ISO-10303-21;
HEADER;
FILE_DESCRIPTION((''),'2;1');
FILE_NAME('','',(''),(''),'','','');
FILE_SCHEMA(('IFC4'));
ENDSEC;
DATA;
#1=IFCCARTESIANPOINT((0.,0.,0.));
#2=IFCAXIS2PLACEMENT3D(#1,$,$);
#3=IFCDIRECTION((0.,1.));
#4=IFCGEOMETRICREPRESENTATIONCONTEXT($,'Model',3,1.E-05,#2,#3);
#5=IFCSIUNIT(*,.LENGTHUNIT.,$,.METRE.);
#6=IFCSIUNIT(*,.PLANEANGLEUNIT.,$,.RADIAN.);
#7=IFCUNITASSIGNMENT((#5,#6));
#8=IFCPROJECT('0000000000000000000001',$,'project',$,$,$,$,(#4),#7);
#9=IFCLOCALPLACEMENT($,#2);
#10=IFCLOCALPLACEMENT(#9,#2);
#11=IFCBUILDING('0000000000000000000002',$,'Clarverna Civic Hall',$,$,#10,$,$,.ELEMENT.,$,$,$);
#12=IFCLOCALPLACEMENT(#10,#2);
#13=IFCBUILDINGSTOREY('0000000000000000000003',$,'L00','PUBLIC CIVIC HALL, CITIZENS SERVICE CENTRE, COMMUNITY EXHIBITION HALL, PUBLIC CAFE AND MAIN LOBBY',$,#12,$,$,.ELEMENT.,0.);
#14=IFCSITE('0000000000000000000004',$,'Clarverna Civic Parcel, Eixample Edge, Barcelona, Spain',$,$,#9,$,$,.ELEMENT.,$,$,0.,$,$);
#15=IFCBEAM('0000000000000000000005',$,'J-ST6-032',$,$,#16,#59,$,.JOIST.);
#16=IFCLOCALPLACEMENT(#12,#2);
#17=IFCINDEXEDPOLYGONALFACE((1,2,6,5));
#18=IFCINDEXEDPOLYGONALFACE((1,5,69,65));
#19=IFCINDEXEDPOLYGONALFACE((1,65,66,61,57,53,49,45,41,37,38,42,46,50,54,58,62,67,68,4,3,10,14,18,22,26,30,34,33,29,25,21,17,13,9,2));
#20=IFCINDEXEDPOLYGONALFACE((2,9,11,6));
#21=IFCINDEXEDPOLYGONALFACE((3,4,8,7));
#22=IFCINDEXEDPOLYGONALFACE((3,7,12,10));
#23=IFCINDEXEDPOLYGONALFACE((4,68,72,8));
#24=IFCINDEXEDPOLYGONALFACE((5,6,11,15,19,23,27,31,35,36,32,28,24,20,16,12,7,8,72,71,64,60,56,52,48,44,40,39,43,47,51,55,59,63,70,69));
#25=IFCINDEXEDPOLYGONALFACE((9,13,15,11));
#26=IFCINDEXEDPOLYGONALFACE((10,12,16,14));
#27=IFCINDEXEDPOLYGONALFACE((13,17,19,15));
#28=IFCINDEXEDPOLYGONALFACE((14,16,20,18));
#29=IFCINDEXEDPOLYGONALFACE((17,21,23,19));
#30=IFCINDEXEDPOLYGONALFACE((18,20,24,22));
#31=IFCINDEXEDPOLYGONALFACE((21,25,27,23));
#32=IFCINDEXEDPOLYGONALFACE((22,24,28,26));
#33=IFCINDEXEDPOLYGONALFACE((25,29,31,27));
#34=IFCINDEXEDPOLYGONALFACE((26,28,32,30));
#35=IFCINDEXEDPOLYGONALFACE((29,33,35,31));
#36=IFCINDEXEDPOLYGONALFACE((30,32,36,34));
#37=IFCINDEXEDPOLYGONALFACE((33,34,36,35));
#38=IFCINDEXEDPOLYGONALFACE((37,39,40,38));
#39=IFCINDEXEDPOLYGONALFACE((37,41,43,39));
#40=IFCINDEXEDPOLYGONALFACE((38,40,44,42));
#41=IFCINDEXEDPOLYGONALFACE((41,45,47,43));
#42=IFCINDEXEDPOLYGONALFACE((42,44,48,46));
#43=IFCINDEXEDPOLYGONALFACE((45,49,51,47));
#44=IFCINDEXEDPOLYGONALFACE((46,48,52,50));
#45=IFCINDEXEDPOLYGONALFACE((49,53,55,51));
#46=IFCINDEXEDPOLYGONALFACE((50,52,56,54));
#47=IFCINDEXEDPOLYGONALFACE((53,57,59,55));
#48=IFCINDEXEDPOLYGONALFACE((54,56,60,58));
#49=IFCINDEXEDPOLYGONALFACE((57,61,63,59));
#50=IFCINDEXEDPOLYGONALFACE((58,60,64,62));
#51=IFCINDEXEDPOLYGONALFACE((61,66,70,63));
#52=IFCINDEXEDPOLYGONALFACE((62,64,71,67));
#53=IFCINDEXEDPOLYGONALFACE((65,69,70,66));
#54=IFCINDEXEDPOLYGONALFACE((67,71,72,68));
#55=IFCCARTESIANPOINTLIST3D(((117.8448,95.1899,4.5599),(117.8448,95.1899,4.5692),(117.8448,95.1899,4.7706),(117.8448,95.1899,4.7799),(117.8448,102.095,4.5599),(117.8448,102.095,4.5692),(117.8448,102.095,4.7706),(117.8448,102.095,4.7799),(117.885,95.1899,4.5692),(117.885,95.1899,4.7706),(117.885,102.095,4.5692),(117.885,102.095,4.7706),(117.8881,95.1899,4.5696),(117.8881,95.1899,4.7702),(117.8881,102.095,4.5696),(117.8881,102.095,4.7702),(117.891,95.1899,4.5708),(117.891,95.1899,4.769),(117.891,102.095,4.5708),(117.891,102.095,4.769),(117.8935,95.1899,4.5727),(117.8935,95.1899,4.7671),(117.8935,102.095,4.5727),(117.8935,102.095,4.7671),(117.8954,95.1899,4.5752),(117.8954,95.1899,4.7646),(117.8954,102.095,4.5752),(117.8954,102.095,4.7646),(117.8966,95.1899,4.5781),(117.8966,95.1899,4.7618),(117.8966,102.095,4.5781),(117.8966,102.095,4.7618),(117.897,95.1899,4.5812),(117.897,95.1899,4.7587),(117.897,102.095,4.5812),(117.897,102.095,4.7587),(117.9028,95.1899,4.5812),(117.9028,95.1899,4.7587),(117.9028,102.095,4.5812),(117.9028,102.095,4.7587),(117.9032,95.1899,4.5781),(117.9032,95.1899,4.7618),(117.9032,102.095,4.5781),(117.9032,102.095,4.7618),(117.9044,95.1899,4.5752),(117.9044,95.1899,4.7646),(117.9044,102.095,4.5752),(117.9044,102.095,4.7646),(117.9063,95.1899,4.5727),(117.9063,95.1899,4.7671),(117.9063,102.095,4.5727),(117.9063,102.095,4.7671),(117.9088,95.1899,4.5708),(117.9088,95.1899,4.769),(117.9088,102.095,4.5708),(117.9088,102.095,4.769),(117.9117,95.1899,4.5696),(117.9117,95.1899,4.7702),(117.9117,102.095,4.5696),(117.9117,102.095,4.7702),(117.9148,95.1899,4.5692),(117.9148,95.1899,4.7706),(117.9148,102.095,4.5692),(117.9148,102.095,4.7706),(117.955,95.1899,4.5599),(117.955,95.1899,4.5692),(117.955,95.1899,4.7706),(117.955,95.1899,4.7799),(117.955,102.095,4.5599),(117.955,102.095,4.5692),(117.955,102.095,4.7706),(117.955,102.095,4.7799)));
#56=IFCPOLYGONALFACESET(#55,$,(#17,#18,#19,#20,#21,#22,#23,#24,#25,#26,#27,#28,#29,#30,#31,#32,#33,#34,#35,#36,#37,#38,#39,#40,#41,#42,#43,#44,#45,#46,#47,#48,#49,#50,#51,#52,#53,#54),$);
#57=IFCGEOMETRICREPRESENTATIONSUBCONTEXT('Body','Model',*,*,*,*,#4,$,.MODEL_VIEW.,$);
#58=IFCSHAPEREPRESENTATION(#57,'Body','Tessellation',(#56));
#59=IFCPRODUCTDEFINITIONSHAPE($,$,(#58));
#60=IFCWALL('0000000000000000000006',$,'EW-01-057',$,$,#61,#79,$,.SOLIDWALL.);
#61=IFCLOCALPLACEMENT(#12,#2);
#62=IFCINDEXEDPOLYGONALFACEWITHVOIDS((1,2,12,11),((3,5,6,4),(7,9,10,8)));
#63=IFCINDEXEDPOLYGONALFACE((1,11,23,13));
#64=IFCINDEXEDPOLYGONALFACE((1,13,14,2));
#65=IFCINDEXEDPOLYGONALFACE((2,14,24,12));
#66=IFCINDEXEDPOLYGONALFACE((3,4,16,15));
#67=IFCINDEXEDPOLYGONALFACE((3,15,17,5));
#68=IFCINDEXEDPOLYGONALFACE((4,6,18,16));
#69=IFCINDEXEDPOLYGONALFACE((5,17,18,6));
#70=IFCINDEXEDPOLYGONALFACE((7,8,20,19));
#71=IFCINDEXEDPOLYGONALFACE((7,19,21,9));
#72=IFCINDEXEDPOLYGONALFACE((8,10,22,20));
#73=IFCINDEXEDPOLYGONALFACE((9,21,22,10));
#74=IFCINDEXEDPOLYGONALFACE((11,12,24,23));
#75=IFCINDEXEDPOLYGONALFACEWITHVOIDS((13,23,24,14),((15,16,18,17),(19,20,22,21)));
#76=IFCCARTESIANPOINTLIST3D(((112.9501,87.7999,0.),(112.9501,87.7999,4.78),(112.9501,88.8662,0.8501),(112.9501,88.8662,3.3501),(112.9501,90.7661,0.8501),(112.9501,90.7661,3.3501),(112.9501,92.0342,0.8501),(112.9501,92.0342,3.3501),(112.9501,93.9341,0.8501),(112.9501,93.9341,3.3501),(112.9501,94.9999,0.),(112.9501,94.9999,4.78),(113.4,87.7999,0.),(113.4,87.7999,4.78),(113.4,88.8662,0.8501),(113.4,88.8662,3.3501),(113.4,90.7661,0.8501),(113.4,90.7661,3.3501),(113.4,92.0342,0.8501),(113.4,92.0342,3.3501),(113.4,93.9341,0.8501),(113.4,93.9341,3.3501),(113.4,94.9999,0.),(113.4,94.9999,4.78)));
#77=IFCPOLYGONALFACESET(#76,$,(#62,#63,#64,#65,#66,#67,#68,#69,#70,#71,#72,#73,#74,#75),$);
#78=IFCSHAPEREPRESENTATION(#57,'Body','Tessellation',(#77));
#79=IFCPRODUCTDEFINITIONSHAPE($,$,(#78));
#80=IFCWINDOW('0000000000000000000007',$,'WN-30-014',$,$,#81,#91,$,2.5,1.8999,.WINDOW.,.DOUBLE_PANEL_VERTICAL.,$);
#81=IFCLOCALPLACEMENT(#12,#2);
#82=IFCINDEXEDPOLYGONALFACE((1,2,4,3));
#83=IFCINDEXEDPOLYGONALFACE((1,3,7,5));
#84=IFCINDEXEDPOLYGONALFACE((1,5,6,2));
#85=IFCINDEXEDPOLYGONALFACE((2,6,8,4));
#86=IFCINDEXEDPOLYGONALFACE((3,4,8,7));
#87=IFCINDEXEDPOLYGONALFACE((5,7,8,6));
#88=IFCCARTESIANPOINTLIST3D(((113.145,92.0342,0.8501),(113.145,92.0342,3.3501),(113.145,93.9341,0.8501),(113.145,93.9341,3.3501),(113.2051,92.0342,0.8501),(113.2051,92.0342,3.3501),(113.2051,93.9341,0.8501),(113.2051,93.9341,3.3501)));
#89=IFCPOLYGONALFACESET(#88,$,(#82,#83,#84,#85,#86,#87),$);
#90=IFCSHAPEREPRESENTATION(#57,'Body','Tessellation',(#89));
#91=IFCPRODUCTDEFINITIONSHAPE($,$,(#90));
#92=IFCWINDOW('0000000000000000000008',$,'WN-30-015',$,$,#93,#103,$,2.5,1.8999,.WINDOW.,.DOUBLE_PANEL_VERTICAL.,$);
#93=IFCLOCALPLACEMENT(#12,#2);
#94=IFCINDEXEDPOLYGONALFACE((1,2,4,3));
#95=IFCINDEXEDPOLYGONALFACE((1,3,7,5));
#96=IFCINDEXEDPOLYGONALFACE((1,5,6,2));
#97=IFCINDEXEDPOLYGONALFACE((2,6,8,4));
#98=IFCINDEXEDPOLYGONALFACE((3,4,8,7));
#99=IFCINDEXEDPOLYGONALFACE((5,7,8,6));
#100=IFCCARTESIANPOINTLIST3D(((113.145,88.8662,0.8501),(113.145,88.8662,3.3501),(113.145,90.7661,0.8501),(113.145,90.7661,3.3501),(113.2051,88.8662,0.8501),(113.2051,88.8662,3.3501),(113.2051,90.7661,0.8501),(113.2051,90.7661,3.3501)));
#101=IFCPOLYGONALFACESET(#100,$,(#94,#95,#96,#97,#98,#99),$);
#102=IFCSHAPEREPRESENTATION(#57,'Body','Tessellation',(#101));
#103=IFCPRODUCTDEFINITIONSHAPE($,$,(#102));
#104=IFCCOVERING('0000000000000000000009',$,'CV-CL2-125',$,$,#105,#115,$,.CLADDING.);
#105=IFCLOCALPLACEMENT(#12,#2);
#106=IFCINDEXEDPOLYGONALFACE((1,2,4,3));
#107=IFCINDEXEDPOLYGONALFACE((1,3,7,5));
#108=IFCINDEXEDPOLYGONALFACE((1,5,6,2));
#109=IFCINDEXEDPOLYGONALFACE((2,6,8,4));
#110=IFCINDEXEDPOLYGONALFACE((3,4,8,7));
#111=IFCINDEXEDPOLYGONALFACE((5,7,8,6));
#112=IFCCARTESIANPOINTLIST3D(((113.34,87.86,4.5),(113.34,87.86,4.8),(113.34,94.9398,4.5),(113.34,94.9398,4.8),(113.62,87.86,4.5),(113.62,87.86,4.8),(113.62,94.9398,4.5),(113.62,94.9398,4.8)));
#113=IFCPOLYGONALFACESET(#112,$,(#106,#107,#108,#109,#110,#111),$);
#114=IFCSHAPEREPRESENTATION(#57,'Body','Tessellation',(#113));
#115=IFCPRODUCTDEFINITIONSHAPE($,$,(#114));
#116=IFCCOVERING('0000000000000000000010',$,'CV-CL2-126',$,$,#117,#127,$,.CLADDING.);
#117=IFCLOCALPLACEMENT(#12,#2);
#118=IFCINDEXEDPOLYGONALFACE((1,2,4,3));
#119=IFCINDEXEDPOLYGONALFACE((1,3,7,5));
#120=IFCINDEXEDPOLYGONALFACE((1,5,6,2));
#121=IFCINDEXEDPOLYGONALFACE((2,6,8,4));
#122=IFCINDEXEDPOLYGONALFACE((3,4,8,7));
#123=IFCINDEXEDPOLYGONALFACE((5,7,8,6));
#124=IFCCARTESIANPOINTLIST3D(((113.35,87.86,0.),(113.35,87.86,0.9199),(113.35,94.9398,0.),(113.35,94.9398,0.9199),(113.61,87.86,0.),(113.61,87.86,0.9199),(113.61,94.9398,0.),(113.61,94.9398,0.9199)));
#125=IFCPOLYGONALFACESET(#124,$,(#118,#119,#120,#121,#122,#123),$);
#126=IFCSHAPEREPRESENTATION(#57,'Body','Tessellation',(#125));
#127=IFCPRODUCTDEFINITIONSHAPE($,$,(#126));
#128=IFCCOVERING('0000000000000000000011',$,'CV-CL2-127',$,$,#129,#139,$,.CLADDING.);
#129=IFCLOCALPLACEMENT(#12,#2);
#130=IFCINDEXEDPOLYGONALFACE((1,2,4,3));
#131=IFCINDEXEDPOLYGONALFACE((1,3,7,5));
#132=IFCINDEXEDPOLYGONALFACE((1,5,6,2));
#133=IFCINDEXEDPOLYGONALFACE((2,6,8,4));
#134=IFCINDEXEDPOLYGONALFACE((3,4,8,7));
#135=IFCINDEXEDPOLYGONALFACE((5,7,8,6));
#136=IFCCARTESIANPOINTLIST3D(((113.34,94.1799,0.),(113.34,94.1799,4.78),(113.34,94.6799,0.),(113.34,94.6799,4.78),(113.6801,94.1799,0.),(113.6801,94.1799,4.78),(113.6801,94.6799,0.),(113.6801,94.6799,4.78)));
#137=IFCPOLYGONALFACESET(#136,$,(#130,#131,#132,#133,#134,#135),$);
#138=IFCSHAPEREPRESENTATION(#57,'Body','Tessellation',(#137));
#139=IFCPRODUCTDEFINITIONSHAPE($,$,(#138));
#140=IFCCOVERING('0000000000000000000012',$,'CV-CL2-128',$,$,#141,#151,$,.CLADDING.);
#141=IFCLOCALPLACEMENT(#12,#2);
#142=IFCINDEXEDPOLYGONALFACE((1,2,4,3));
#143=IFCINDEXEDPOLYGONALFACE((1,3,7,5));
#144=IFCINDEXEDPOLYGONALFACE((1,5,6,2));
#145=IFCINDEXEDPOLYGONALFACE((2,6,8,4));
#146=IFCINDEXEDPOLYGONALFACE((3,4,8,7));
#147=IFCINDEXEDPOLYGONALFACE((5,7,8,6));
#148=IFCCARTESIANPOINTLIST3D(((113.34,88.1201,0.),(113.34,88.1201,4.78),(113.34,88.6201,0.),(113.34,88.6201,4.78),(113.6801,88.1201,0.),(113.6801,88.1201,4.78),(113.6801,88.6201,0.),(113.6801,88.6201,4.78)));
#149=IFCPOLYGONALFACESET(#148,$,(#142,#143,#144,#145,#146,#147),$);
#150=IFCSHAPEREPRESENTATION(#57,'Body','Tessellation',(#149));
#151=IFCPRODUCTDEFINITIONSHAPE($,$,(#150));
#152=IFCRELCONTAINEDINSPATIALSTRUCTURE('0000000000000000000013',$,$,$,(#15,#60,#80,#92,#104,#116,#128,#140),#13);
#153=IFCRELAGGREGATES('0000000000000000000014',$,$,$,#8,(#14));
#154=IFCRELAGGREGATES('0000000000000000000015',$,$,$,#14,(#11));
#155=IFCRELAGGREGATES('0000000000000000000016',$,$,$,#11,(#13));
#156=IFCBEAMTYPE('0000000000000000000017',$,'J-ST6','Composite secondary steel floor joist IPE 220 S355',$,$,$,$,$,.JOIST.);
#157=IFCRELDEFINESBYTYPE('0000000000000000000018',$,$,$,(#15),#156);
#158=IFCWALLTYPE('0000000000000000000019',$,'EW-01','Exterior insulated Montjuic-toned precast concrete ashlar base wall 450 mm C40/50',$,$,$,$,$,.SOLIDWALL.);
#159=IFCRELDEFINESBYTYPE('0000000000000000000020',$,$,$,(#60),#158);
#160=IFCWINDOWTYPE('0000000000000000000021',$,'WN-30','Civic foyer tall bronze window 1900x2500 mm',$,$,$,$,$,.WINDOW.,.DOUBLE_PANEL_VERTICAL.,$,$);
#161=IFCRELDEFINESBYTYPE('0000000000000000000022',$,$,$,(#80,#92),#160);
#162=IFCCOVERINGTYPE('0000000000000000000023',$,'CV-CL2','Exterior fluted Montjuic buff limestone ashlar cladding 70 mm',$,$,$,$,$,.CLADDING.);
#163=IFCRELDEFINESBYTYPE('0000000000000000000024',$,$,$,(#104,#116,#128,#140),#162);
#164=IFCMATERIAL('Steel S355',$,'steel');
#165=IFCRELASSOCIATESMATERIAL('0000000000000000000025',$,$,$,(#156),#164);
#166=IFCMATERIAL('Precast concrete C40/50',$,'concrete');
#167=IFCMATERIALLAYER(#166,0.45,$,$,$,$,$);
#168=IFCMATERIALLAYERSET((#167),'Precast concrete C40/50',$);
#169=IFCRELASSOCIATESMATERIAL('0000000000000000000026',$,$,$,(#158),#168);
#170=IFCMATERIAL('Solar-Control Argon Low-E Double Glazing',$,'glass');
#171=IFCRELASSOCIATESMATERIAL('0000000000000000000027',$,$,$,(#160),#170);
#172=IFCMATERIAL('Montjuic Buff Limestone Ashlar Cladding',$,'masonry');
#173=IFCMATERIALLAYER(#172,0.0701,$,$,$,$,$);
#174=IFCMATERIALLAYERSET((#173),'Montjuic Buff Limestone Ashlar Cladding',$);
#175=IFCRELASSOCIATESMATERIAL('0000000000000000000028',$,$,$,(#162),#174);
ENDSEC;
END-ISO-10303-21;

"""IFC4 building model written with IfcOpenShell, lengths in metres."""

from ifc_helpers import new_model, si_unit, direction, frame, frame_2d, origin, origin_2d, place, context, subcontext, project, spatial, rectangle, i_section, extrude, material, layer, layer_set, material_profile, profile_set, type_object, element, fill, save


model = new_model("IFC4")

# Units and contexts
model_context = context("Model", 3, precision=1e-05, world=origin(), true_north=direction((0.0, 1.0)))
body_context = subcontext(model_context, "Body", "Model", "MODEL_VIEW")
ifc_project = project(units=[si_unit("LENGTHUNIT", "METRE"), si_unit("PLANEANGLEUNIT", "RADIAN")], contexts=[model_context])

# Site, building, storey
site_placement = place(None, origin())
site = spatial("IfcSite", under=ifc_project, at=site_placement, Name="Clarverna Civic Parcel, Eixample Edge, Barcelona, Spain", CompositionType="ELEMENT", RefElevation=0.0)
building_placement = place(site_placement, origin())
building = spatial("IfcBuilding", under=site, at=building_placement, Name="Clarverna Civic Hall", CompositionType="ELEMENT")
storey_placement = place(building_placement, origin())
storey = spatial("IfcBuildingStorey", under=building, at=storey_placement, Name="L00", Description="PUBLIC CIVIC HALL, CITIZENS SERVICE CENTRE, COMMUNITY EXHIBITION HALL, PUBLIC CAFE AND MAIN LOBBY", CompositionType="ELEMENT", Elevation=0.0)

# Beam
ifc_material_1 = material(Name="Steel S355", Category="steel")
ifc_material_profile_1 = material_profile(ifc_material_1, i_section(OverallWidth=0.1101, OverallDepth=0.22, WebThickness=0.0059, FlangeThickness=0.0093, FilletRadius=0.012, at=origin_2d()), Name="IPE 220")
ifc_profile_set_1 = profile_set([ifc_material_profile_1], Name="Steel S355")
beam_type_1 = type_object("IfcBeamType", Name="J-ST6", Description="Composite secondary steel floor joist IPE 220 S355", PredefinedType="JOIST", material=ifc_profile_set_1)
beam_1_placement = place(storey_placement, frame((117.8999, 95.1899, 4.6699), z_axis=(0.0, 1.0, 0.0), x_axis=(-1.0, 0.0, 0.0)))
element("IfcBeam", 1, at=beam_1_placement, inside=storey, type_object=beam_type_1, Name="J-ST6-032", PredefinedType="JOIST", context=body_context, shape_type="SweptSolid", body=[
    extrude(i_section(OverallWidth=0.1101, OverallDepth=0.22, WebThickness=0.0059, FlangeThickness=0.0093, FilletRadius=0.012, at=origin_2d()), origin(), (0.0, 0.0, 1.0), 6.905),
])

# Wall, openings, windows
ifc_material_2 = material(Name="Precast concrete C40/50", Category="concrete")
ifc_layer_1 = layer(ifc_material_2, 0.45)
ifc_layer_set_1 = layer_set([ifc_layer_1], Name="Precast concrete C40/50")
wall_type = type_object("IfcWallType", Name="EW-01", Description="Exterior insulated Montjuic-toned precast concrete ashlar base wall 450 mm C40/50", PredefinedType="SOLIDWALL", material=ifc_layer_set_1)
wall_1_placement = place(storey_placement, frame((113.175, 95.0, 0.0), z_axis=(0.0, 0.0, 1.0), x_axis=(0.0, -1.0, 0.0)))
wall_1 = element("IfcWall", 2, at=wall_1_placement, inside=storey, type_object=wall_type, Name="EW-01-057", PredefinedType="SOLIDWALL", context=body_context, shape_type="SweptSolid", body=[
    extrude(rectangle(XDim=7.2, YDim=0.45, at=frame_2d((3.6001, 0.0))), origin(), (0.0, 0.0, 1.0), 4.78),
])
opening_1_placement = place(wall_1_placement, frame((1.0659, 0.0, 0.8501)))
opening_1 = element("IfcOpeningElement", 3, at=opening_1_placement, cuts=wall_1, PredefinedType="OPENING", context=body_context, shape_type="SweptSolid", body=[
    extrude(rectangle(XDim=1.8999, YDim=2.5, at=frame_2d((0.95, 1.25))), frame((0.0, 0.2349, 0.0), z_axis=(0.0, -1.0, 0.0), x_axis=(1.0, 0.0, 0.0)), (0.0, 0.0, 1.0), 0.47),
])
opening_2_placement = place(wall_1_placement, frame((4.2339, 0.0, 0.8501)))
opening_2 = element("IfcOpeningElement", 4, at=opening_2_placement, cuts=wall_1, PredefinedType="OPENING", context=body_context, shape_type="SweptSolid", body=[
    extrude(rectangle(XDim=1.8999, YDim=2.5, at=frame_2d((0.95, 1.25))), frame((0.0, 0.2349, 0.0), z_axis=(0.0, -1.0, 0.0), x_axis=(1.0, 0.0, 0.0)), (0.0, 0.0, 1.0), 0.47),
])
ifc_material_3 = material(Name="Solar-Control Argon Low-E Double Glazing", Category="glass")
window_type = type_object("IfcWindowType", Name="WN-30", Description="Civic foyer tall bronze window 1900x2500 mm", PartitioningType="DOUBLE_PANEL_VERTICAL", PredefinedType="WINDOW", material=ifc_material_3)
window_1_placement = place(opening_1_placement, origin())
window_1 = element("IfcWindow", 5, at=window_1_placement, inside=storey, type_object=window_type, Name="WN-30-014", OverallHeight=2.5, OverallWidth=1.8999, PartitioningType="DOUBLE_PANEL_VERTICAL", PredefinedType="WINDOW", context=body_context, shape_type="SweptSolid", body=[
    extrude(rectangle(XDim=1.8999, YDim=2.5, at=frame_2d((0.95, 1.25))), frame((0.0, 0.03, 0.0), z_axis=(0.0, -1.0, 0.0), x_axis=(1.0, 0.0, 0.0)), (0.0, 0.0, 1.0), 0.0601),
])
fill(opening_1, window_1)
window_2_placement = place(opening_2_placement, origin())
window_2 = element("IfcWindow", 6, at=window_2_placement, inside=storey, type_object=window_type, Name="WN-30-015", OverallHeight=2.5, OverallWidth=1.8999, PartitioningType="DOUBLE_PANEL_VERTICAL", PredefinedType="WINDOW", context=body_context, shape_type="SweptSolid", body=[
    extrude(rectangle(XDim=1.8999, YDim=2.5, at=frame_2d((0.95, 1.25))), frame((0.0, 0.03, 0.0), z_axis=(0.0, -1.0, 0.0), x_axis=(1.0, 0.0, 0.0)), (0.0, 0.0, 1.0), 0.0601),
])
fill(opening_2, window_2)

# Coverings
ifc_material_4 = material(Name="Montjuic Buff Limestone Ashlar Cladding", Category="masonry")
ifc_layer_2 = layer(ifc_material_4, 0.0701)
ifc_layer_set_2 = layer_set([ifc_layer_2], Name="Montjuic Buff Limestone Ashlar Cladding")
covering_type = type_object("IfcCoveringType", Name="CV-CL2", Description="Exterior fluted Montjuic buff limestone ashlar cladding 70 mm", PredefinedType="CLADDING", material=ifc_layer_set_2)
covering_1_placement = place(storey_placement, frame((113.48, 94.9399, 4.5), z_axis=(0.0, 0.0, 1.0), x_axis=(0.0, -1.0, 0.0)))
element("IfcCovering", 7, at=covering_1_placement, inside=storey, type_object=covering_type, Name="CV-CL2-125", PredefinedType="CLADDING", context=body_context, shape_type="SweptSolid", body=[
    extrude(rectangle(XDim=7.0798, YDim=0.28, at=frame_2d((3.54, 0.0))), origin(), (0.0, 0.0, 1.0), 0.3),
])
covering_2_placement = place(storey_placement, frame((113.48, 94.9399, 0.0), z_axis=(0.0, 0.0, 1.0), x_axis=(0.0, -1.0, 0.0)))
element("IfcCovering", 8, at=covering_2_placement, inside=storey, type_object=covering_type, Name="CV-CL2-126", PredefinedType="CLADDING", context=body_context, shape_type="SweptSolid", body=[
    extrude(rectangle(XDim=7.0798, YDim=0.26, at=frame_2d((3.54, 0.0))), origin(), (0.0, 0.0, 1.0), 0.9199),
])
for number, where, z_axis, x_axis, name in (
    (9, (113.51, 94.6799, 0.0), (0.0, 0.0, 1.0), (0.0, -1.0, 0.0), "CV-CL2-127"),
    (10, (113.51, 88.6201, 0.0), (0.0, 0.0, 1.0), (0.0, -1.0, 0.0), "CV-CL2-128"),
):
    element("IfcCovering", number, at=place(storey_placement, frame(where, z_axis=z_axis, x_axis=x_axis)), inside=storey, type_object=covering_type, Name=name, PredefinedType="CLADDING", context=body_context, shape_type="SweptSolid", body=[
        extrude(rectangle(XDim=0.5, YDim=0.3401, at=frame_2d((0.25, 0.0))), origin(), (0.0, 0.0, 1.0), 4.78),
    ])

save(model, "model.ifc")
